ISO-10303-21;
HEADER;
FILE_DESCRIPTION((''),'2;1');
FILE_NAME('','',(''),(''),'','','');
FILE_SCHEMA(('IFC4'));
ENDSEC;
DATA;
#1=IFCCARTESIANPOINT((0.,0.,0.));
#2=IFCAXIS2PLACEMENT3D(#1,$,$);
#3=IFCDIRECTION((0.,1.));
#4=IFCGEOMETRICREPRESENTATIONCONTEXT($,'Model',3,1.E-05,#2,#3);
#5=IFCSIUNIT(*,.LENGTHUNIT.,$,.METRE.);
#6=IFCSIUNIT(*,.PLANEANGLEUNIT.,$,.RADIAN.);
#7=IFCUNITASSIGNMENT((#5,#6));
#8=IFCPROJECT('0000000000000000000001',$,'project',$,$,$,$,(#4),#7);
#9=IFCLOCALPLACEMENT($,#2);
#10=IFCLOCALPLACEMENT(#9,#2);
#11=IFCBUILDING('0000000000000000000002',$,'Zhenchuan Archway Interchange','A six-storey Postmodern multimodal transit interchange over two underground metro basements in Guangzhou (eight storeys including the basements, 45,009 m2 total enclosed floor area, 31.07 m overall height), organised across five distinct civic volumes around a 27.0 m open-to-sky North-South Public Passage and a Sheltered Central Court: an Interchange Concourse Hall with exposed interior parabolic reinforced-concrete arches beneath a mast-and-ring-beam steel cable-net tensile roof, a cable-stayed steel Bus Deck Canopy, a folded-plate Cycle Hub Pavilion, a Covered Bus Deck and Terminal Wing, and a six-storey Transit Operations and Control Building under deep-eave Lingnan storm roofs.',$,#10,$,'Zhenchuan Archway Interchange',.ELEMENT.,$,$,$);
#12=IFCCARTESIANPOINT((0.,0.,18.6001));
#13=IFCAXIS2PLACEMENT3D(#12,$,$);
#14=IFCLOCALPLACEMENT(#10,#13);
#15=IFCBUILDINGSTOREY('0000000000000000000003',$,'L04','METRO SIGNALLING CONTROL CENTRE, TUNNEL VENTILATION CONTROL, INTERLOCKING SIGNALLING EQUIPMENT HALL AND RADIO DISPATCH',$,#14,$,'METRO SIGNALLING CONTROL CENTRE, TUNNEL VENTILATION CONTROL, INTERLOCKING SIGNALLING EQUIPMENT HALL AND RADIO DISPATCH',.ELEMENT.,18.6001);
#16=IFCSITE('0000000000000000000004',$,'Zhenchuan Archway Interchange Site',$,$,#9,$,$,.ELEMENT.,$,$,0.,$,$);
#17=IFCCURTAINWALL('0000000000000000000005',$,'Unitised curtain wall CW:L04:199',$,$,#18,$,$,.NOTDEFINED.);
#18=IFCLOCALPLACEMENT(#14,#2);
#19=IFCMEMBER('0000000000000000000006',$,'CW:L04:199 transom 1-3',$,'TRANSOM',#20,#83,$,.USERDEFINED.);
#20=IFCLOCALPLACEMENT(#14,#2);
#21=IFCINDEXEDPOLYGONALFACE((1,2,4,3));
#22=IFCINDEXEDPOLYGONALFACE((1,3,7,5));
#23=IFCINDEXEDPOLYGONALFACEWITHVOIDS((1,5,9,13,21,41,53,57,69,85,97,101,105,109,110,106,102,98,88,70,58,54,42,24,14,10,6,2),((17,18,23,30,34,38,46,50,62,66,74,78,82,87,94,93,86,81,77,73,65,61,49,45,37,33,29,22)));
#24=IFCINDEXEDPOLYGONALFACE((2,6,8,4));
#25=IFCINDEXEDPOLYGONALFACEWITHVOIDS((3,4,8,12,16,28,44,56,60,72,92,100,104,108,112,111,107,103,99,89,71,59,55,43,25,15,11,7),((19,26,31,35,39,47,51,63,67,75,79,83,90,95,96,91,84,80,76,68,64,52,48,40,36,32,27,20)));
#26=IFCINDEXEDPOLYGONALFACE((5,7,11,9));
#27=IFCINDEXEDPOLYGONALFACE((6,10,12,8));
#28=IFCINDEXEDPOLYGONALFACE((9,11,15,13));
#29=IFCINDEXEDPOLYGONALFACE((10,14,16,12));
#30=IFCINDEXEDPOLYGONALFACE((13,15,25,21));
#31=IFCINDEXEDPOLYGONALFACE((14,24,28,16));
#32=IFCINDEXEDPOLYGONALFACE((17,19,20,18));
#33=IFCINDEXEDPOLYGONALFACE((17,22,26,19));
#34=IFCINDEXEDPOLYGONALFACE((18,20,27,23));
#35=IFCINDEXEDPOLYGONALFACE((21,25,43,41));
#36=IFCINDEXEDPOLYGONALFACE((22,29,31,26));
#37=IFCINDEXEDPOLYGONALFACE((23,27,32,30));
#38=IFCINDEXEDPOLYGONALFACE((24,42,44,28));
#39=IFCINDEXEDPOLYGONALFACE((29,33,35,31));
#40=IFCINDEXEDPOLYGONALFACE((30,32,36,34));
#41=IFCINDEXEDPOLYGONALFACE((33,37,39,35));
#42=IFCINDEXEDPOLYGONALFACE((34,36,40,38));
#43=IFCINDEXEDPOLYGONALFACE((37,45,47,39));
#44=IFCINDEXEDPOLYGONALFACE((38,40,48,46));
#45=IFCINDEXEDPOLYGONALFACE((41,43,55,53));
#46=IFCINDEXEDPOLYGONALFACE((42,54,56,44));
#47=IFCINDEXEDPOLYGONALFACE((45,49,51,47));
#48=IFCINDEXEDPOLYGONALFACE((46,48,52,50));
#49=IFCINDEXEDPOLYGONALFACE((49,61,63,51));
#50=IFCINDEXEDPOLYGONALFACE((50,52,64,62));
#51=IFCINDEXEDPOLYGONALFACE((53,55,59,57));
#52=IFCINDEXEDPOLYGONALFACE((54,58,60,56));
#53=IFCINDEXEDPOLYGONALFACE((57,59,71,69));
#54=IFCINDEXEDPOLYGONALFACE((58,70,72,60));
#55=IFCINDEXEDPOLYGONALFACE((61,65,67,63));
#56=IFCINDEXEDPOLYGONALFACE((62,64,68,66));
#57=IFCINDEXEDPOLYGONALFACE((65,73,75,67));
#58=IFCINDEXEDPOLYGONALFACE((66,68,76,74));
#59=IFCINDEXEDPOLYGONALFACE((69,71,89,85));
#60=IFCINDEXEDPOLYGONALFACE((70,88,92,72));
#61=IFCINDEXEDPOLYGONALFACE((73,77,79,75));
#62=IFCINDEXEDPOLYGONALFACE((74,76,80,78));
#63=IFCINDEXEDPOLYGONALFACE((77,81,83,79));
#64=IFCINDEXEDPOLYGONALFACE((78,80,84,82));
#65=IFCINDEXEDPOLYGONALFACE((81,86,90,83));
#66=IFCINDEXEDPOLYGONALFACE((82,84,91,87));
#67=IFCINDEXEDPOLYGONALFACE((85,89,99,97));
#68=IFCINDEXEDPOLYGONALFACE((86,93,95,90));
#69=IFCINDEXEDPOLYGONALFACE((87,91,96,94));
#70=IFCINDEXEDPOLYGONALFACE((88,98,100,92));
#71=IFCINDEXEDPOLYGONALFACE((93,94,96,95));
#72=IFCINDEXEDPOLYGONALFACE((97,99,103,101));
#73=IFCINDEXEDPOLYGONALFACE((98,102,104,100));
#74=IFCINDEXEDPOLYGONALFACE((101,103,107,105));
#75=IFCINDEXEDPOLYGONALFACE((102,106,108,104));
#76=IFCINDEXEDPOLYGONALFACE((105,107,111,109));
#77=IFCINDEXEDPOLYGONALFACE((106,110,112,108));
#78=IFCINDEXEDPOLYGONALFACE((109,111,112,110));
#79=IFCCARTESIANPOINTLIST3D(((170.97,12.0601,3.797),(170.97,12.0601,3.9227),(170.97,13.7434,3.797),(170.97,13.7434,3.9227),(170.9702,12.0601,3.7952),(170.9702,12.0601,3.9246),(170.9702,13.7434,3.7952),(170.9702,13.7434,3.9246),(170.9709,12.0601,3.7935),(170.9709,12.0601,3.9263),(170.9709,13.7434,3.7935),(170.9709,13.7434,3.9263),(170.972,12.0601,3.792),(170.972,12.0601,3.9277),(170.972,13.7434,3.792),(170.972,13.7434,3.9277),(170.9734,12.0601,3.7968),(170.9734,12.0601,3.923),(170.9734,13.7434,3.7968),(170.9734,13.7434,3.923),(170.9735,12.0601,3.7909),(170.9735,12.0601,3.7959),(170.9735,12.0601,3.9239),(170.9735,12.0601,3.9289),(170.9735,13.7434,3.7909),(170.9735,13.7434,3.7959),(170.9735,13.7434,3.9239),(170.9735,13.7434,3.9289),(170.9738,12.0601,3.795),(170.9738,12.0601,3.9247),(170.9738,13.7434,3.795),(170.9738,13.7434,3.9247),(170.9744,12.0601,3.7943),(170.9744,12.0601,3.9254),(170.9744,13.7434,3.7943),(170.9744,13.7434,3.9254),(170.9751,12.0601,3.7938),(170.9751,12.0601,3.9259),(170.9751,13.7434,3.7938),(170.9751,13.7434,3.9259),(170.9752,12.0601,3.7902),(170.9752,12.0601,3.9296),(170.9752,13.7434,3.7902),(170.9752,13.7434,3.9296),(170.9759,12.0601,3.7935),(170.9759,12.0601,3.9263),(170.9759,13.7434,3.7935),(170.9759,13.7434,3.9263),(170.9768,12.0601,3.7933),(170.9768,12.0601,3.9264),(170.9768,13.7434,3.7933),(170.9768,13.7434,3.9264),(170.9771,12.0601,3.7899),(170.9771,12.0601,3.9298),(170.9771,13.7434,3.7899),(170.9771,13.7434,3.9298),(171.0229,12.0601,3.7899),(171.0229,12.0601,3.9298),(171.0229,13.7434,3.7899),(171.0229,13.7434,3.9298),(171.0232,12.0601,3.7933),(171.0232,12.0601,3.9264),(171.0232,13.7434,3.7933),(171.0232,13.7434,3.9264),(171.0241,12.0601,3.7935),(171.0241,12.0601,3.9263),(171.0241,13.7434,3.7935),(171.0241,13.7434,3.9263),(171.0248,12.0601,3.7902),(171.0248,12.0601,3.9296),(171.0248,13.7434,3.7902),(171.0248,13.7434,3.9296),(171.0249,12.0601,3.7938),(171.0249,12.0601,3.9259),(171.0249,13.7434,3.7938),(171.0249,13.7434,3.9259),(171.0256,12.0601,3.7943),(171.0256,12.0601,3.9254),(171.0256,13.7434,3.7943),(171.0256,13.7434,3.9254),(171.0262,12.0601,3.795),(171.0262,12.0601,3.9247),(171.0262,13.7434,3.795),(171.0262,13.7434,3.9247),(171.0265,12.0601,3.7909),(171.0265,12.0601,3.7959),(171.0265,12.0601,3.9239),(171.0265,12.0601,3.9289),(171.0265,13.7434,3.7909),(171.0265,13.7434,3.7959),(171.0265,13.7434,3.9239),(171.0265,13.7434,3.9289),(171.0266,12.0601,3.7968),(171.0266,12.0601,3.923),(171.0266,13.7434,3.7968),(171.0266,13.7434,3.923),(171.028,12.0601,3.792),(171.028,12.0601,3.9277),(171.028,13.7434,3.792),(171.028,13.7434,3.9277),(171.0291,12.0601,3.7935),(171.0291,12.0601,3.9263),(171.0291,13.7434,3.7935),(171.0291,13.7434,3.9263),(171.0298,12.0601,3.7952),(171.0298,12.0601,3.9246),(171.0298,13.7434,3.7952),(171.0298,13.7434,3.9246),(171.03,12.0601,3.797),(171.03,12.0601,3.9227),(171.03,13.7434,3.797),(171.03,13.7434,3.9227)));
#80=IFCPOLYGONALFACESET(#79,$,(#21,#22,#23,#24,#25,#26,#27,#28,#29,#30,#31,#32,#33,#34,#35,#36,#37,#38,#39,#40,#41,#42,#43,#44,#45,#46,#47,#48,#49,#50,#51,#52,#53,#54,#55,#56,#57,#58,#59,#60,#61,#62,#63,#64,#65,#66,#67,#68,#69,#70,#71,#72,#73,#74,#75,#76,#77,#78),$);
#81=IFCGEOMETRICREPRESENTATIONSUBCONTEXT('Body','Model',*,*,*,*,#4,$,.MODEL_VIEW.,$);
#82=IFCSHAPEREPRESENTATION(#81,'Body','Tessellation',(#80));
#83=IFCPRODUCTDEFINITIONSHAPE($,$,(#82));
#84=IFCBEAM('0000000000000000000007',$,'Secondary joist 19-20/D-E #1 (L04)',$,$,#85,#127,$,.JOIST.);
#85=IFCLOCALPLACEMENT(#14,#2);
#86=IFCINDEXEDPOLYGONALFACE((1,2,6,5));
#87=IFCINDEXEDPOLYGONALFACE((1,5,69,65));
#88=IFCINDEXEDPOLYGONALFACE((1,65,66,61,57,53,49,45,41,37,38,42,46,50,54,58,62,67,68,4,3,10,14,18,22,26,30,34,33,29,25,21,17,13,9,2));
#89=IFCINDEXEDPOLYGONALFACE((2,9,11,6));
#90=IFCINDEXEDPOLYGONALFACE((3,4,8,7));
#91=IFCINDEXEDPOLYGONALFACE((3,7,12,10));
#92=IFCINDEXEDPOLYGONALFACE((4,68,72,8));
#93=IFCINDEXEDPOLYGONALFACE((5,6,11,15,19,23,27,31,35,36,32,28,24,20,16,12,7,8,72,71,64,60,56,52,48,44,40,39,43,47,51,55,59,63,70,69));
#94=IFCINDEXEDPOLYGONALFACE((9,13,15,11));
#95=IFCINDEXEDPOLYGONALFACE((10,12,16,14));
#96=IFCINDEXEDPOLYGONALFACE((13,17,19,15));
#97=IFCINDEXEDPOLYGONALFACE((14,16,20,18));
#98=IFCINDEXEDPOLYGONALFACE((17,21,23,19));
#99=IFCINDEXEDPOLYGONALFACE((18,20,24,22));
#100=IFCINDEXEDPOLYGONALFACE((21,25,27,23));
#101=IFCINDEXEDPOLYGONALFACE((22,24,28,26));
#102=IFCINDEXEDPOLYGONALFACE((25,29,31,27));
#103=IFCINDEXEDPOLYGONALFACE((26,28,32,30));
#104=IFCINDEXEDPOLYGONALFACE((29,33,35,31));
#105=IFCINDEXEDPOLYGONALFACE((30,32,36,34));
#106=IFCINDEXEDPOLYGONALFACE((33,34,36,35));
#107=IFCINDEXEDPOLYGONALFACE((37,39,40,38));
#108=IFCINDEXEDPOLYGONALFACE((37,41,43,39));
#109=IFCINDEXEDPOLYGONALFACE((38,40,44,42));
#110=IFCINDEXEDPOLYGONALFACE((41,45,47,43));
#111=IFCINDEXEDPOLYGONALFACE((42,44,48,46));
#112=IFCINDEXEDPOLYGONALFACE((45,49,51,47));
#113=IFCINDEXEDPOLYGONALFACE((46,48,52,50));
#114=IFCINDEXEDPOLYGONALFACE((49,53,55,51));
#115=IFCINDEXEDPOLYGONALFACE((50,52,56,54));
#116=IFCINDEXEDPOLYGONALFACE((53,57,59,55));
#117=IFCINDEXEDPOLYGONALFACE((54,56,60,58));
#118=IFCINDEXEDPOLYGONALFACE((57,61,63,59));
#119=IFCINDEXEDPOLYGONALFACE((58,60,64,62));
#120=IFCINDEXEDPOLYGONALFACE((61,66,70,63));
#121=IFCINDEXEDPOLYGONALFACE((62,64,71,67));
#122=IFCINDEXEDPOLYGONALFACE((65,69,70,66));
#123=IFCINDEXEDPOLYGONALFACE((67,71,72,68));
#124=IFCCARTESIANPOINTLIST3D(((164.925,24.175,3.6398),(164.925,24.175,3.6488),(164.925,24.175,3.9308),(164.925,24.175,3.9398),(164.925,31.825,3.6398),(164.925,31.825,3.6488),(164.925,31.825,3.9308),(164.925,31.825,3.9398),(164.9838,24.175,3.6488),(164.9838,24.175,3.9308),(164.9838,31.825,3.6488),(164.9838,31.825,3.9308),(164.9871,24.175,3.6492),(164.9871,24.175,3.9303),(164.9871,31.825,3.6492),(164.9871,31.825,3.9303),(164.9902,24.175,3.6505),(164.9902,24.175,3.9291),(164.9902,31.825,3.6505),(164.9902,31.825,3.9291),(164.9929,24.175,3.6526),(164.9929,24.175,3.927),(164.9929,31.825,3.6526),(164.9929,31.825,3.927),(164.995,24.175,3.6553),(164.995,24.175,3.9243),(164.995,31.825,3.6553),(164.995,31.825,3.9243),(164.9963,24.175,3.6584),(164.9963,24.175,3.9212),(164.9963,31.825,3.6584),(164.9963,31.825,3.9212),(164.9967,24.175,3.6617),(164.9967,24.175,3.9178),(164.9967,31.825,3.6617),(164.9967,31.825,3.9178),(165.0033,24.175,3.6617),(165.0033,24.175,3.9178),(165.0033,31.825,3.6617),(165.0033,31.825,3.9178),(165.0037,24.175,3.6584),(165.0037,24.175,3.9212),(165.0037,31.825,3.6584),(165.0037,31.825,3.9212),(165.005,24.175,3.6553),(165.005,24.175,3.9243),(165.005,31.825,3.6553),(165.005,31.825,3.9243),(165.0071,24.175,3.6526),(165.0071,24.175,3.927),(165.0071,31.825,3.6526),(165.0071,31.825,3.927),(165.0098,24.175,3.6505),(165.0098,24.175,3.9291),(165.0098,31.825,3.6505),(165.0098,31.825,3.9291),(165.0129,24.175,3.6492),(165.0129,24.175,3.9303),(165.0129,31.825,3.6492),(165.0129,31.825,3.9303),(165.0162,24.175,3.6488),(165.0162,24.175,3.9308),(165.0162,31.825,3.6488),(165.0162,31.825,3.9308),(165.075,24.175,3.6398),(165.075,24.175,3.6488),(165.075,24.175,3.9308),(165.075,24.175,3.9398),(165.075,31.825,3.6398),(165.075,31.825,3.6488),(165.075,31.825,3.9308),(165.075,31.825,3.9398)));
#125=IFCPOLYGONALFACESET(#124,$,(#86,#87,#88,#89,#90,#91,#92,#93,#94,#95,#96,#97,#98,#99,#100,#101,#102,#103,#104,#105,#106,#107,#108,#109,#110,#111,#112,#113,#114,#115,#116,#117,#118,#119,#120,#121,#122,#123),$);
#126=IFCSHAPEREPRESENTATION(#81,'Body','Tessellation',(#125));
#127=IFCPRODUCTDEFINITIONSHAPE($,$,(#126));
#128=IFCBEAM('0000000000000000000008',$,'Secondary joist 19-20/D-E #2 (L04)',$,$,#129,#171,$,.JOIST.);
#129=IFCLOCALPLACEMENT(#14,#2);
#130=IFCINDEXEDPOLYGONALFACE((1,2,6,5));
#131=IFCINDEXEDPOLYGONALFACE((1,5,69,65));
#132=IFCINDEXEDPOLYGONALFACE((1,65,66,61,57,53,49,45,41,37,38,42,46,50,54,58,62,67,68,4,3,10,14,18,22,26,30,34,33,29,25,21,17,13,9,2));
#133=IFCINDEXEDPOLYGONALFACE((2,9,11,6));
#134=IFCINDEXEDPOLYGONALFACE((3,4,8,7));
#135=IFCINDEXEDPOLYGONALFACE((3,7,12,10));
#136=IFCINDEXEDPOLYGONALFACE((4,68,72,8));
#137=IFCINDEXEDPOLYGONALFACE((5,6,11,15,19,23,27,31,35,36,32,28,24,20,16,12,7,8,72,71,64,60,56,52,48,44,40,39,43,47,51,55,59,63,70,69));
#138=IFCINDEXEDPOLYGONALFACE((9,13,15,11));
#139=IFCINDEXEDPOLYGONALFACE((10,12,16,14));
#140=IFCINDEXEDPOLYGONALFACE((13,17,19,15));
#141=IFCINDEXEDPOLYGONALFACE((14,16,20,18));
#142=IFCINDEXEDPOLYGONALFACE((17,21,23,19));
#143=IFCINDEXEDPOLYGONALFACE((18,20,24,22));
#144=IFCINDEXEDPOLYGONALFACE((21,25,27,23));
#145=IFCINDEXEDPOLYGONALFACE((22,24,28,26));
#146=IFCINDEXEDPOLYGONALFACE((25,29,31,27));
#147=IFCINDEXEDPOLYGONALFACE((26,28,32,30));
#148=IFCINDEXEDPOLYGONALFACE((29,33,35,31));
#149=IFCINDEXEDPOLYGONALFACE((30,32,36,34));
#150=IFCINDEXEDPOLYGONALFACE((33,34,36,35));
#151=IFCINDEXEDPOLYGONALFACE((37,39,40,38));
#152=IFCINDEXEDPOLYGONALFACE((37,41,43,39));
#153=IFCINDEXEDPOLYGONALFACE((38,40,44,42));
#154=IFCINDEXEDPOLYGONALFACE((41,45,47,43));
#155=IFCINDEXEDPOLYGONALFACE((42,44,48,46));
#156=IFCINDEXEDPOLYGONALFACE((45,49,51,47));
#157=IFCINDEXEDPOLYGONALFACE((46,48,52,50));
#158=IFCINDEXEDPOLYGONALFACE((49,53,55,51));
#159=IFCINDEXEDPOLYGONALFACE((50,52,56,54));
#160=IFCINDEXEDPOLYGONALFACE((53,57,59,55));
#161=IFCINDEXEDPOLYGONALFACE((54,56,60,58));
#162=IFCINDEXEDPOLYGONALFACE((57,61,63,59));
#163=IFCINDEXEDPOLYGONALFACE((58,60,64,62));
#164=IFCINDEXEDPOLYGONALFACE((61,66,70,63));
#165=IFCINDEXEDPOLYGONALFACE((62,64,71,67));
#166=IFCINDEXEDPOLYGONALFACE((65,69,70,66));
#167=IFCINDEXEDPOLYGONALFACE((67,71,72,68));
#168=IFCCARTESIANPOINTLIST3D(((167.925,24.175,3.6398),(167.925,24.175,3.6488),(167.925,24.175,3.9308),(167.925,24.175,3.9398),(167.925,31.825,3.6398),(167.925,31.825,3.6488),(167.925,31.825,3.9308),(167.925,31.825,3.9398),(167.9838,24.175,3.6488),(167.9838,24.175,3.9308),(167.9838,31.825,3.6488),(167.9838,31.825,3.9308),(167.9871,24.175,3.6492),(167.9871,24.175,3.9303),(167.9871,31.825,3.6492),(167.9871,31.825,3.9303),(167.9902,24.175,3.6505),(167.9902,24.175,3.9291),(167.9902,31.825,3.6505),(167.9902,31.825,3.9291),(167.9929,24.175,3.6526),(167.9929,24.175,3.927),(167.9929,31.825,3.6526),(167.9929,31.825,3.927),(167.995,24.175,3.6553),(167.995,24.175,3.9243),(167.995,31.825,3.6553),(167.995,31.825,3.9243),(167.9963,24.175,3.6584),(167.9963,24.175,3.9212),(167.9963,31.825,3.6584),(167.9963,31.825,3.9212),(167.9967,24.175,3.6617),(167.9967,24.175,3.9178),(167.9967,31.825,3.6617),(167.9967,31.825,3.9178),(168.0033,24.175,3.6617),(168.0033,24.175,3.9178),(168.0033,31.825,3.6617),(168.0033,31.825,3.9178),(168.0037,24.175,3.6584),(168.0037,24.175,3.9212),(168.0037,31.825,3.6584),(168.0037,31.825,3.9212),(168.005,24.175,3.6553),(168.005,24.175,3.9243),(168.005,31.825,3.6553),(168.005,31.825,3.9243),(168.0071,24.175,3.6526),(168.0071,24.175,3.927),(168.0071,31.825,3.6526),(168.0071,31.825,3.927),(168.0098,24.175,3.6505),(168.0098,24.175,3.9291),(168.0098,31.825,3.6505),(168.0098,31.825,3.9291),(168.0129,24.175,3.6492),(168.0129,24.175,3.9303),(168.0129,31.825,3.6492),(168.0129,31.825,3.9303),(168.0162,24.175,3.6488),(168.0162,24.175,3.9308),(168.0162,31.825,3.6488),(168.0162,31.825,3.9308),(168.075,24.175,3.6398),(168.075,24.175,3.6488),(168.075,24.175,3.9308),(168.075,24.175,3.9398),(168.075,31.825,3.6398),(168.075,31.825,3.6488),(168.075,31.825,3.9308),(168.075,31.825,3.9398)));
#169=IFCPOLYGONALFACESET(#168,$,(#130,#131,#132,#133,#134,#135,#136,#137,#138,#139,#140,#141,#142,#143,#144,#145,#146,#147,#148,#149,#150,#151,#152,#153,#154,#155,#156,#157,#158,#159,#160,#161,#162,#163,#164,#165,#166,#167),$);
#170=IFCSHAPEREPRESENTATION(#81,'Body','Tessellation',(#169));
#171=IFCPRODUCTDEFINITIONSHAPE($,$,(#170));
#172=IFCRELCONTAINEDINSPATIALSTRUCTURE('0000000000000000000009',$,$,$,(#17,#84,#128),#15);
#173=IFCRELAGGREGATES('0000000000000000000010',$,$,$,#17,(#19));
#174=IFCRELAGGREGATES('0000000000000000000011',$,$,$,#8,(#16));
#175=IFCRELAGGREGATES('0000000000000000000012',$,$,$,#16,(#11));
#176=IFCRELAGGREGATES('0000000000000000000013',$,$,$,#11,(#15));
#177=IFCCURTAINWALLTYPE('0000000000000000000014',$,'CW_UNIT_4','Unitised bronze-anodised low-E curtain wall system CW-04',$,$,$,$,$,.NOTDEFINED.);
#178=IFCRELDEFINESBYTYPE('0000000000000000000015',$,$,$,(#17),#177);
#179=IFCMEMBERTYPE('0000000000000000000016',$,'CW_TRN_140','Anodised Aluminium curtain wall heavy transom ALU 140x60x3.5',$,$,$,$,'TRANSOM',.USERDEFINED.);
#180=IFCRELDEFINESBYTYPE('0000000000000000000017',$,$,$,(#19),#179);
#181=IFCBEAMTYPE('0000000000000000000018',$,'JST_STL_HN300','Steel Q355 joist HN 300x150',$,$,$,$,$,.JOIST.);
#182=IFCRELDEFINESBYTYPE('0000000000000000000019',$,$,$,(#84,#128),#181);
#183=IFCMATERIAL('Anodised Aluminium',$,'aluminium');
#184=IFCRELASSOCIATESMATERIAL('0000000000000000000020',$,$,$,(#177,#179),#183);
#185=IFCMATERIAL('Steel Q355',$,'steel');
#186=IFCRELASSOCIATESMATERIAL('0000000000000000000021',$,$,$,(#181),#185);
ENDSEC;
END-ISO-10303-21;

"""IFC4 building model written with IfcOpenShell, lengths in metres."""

from ifc_helpers import new_model, si_unit, direction, frame, origin, origin_2d, place, context, subcontext, project, spatial, hollow_rectangle, i_section, extrude, material, material_profile, profile_set, type_object, element, aggregate, save


model = new_model("IFC4")

# Units and contexts
model_context = context("Model", 3, precision=1e-05, world=origin(), true_north=direction((0.0, 1.0)))
body_context = subcontext(model_context, "Body", "Model", "MODEL_VIEW")
ifc_project = project(units=[si_unit("LENGTHUNIT", "METRE"), si_unit("PLANEANGLEUNIT", "RADIAN")], contexts=[model_context])

# Site, building, storey
site_placement = place(None, origin())
site = spatial("IfcSite", under=ifc_project, at=site_placement, Name="Zhenchuan Archway Interchange Site", CompositionType="ELEMENT", RefElevation=0.0)
building_placement = place(site_placement, origin())
building = spatial("IfcBuilding", under=site, at=building_placement, Name="Zhenchuan Archway Interchange", Description="A six-storey Postmodern multimodal transit interchange over two underground metro basements in Guangzhou (eight storeys including the basements, 45,009 m2 total enclosed floor area, 31.07 m overall height), organised across five distinct civic volumes around a 27.0 m open-to-sky North-South Public Passage and a Sheltered Central Court: an Interchange Concourse Hall with exposed interior parabolic reinforced-concrete arches beneath a mast-and-ring-beam steel cable-net tensile roof, a cable-stayed steel Bus Deck Canopy, a folded-plate Cycle Hub Pavilion, a Covered Bus Deck and Terminal Wing, and a six-storey Transit Operations and Control Building under deep-eave Lingnan storm roofs.", LongName="Zhenchuan Archway Interchange", CompositionType="ELEMENT")
storey_placement = place(building_placement, frame((0.0, 0.0, 18.6001)))
storey = spatial("IfcBuildingStorey", under=building, at=storey_placement, Name="L04", Description="METRO SIGNALLING CONTROL CENTRE, TUNNEL VENTILATION CONTROL, INTERLOCKING SIGNALLING EQUIPMENT HALL AND RADIO DISPATCH", LongName="METRO SIGNALLING CONTROL CENTRE, TUNNEL VENTILATION CONTROL, INTERLOCKING SIGNALLING EQUIPMENT HALL AND RADIO DISPATCH", CompositionType="ELEMENT", Elevation=18.6001)

# Curtain wall, member
ifc_material_1 = material(Name="Anodised Aluminium", Category="aluminium")
curtain_wall_type = type_object("IfcCurtainWallType", Name="CW_UNIT_4", Description="Unitised bronze-anodised low-E curtain wall system CW-04", PredefinedType="NOTDEFINED", material=ifc_material_1)
curtain_wall_placement = place(storey_placement, origin())
curtain_wall = element("IfcCurtainWall", 1, at=curtain_wall_placement, inside=storey, type_object=curtain_wall_type, Name="Unitised curtain wall CW:L04:199", PredefinedType="NOTDEFINED")
ifc_material_profile_1 = material_profile(ifc_material_1, hollow_rectangle(XDim=0.0601, YDim=0.1399, WallThickness=0.0034, InnerFilletRadius=0.0034, OuterFilletRadius=0.0071, at=origin_2d()), Name="ALU 140x60x3.5")
ifc_profile_set_1 = profile_set([ifc_material_profile_1], Name="Anodised Aluminium")
member_type_1 = type_object("IfcMemberType", Name="CW_TRN_140", Description="Anodised Aluminium curtain wall heavy transom ALU 140x60x3.5", ElementType="TRANSOM", PredefinedType="USERDEFINED", material=ifc_profile_set_1)
member_1_placement = place(storey_placement, frame((171.0, 13.7434, 3.8599), z_axis=(0.0, -1.0, 0.0), x_axis=(1.0, 0.0, 0.0)))
member_1 = element("IfcMember", 2, at=member_1_placement, type_object=member_type_1, Name="CW:L04:199 transom 1-3", ObjectType="TRANSOM", PredefinedType="USERDEFINED", context=body_context, shape_type="SweptSolid", body=[
    extrude(hollow_rectangle(XDim=0.0601, YDim=0.1399, WallThickness=0.0034, InnerFilletRadius=0.0034, OuterFilletRadius=0.0071, at=origin_2d()), origin(), (0.0, 0.0, 1.0), 1.6833),
])

# Beams
ifc_material_2 = material(Name="Steel Q355", Category="steel")
ifc_material_profile_2 = material_profile(ifc_material_2, i_section(OverallWidth=0.1499, OverallDepth=0.3, WebThickness=0.0066, FlangeThickness=0.009, FilletRadius=0.0129, at=origin_2d()), Name="HN 300x150")
ifc_profile_set_2 = profile_set([ifc_material_profile_2], Name="Steel Q355")
beam_type_1 = type_object("IfcBeamType", Name="JST_STL_HN300", Description="Steel Q355 joist HN 300x150", PredefinedType="JOIST", material=ifc_profile_set_2)
for number, where, z_axis, x_axis, name in (
    (3, (165.0, 24.175, 3.7898), (0.0, 1.0, 0.0), (-1.0, 0.0, 0.0), "Secondary joist 19-20/D-E #1 (L04)"),
    (4, (168.0, 24.175, 3.7898), (0.0, 1.0, 0.0), (-1.0, 0.0, 0.0), "Secondary joist 19-20/D-E #2 (L04)"),
):
    element("IfcBeam", number, at=place(storey_placement, frame(where, z_axis=z_axis, x_axis=x_axis)), inside=storey, type_object=beam_type_1, Name=name, PredefinedType="JOIST", context=body_context, shape_type="SweptSolid", body=[
        extrude(i_section(OverallWidth=0.1499, OverallDepth=0.3, WebThickness=0.0066, FlangeThickness=0.009, FilletRadius=0.0129, at=origin_2d()), origin(), (0.0, 0.0, 1.0), 7.6499),
    ])

aggregate(curtain_wall, [member_1])

save(model, "model.ifc")
